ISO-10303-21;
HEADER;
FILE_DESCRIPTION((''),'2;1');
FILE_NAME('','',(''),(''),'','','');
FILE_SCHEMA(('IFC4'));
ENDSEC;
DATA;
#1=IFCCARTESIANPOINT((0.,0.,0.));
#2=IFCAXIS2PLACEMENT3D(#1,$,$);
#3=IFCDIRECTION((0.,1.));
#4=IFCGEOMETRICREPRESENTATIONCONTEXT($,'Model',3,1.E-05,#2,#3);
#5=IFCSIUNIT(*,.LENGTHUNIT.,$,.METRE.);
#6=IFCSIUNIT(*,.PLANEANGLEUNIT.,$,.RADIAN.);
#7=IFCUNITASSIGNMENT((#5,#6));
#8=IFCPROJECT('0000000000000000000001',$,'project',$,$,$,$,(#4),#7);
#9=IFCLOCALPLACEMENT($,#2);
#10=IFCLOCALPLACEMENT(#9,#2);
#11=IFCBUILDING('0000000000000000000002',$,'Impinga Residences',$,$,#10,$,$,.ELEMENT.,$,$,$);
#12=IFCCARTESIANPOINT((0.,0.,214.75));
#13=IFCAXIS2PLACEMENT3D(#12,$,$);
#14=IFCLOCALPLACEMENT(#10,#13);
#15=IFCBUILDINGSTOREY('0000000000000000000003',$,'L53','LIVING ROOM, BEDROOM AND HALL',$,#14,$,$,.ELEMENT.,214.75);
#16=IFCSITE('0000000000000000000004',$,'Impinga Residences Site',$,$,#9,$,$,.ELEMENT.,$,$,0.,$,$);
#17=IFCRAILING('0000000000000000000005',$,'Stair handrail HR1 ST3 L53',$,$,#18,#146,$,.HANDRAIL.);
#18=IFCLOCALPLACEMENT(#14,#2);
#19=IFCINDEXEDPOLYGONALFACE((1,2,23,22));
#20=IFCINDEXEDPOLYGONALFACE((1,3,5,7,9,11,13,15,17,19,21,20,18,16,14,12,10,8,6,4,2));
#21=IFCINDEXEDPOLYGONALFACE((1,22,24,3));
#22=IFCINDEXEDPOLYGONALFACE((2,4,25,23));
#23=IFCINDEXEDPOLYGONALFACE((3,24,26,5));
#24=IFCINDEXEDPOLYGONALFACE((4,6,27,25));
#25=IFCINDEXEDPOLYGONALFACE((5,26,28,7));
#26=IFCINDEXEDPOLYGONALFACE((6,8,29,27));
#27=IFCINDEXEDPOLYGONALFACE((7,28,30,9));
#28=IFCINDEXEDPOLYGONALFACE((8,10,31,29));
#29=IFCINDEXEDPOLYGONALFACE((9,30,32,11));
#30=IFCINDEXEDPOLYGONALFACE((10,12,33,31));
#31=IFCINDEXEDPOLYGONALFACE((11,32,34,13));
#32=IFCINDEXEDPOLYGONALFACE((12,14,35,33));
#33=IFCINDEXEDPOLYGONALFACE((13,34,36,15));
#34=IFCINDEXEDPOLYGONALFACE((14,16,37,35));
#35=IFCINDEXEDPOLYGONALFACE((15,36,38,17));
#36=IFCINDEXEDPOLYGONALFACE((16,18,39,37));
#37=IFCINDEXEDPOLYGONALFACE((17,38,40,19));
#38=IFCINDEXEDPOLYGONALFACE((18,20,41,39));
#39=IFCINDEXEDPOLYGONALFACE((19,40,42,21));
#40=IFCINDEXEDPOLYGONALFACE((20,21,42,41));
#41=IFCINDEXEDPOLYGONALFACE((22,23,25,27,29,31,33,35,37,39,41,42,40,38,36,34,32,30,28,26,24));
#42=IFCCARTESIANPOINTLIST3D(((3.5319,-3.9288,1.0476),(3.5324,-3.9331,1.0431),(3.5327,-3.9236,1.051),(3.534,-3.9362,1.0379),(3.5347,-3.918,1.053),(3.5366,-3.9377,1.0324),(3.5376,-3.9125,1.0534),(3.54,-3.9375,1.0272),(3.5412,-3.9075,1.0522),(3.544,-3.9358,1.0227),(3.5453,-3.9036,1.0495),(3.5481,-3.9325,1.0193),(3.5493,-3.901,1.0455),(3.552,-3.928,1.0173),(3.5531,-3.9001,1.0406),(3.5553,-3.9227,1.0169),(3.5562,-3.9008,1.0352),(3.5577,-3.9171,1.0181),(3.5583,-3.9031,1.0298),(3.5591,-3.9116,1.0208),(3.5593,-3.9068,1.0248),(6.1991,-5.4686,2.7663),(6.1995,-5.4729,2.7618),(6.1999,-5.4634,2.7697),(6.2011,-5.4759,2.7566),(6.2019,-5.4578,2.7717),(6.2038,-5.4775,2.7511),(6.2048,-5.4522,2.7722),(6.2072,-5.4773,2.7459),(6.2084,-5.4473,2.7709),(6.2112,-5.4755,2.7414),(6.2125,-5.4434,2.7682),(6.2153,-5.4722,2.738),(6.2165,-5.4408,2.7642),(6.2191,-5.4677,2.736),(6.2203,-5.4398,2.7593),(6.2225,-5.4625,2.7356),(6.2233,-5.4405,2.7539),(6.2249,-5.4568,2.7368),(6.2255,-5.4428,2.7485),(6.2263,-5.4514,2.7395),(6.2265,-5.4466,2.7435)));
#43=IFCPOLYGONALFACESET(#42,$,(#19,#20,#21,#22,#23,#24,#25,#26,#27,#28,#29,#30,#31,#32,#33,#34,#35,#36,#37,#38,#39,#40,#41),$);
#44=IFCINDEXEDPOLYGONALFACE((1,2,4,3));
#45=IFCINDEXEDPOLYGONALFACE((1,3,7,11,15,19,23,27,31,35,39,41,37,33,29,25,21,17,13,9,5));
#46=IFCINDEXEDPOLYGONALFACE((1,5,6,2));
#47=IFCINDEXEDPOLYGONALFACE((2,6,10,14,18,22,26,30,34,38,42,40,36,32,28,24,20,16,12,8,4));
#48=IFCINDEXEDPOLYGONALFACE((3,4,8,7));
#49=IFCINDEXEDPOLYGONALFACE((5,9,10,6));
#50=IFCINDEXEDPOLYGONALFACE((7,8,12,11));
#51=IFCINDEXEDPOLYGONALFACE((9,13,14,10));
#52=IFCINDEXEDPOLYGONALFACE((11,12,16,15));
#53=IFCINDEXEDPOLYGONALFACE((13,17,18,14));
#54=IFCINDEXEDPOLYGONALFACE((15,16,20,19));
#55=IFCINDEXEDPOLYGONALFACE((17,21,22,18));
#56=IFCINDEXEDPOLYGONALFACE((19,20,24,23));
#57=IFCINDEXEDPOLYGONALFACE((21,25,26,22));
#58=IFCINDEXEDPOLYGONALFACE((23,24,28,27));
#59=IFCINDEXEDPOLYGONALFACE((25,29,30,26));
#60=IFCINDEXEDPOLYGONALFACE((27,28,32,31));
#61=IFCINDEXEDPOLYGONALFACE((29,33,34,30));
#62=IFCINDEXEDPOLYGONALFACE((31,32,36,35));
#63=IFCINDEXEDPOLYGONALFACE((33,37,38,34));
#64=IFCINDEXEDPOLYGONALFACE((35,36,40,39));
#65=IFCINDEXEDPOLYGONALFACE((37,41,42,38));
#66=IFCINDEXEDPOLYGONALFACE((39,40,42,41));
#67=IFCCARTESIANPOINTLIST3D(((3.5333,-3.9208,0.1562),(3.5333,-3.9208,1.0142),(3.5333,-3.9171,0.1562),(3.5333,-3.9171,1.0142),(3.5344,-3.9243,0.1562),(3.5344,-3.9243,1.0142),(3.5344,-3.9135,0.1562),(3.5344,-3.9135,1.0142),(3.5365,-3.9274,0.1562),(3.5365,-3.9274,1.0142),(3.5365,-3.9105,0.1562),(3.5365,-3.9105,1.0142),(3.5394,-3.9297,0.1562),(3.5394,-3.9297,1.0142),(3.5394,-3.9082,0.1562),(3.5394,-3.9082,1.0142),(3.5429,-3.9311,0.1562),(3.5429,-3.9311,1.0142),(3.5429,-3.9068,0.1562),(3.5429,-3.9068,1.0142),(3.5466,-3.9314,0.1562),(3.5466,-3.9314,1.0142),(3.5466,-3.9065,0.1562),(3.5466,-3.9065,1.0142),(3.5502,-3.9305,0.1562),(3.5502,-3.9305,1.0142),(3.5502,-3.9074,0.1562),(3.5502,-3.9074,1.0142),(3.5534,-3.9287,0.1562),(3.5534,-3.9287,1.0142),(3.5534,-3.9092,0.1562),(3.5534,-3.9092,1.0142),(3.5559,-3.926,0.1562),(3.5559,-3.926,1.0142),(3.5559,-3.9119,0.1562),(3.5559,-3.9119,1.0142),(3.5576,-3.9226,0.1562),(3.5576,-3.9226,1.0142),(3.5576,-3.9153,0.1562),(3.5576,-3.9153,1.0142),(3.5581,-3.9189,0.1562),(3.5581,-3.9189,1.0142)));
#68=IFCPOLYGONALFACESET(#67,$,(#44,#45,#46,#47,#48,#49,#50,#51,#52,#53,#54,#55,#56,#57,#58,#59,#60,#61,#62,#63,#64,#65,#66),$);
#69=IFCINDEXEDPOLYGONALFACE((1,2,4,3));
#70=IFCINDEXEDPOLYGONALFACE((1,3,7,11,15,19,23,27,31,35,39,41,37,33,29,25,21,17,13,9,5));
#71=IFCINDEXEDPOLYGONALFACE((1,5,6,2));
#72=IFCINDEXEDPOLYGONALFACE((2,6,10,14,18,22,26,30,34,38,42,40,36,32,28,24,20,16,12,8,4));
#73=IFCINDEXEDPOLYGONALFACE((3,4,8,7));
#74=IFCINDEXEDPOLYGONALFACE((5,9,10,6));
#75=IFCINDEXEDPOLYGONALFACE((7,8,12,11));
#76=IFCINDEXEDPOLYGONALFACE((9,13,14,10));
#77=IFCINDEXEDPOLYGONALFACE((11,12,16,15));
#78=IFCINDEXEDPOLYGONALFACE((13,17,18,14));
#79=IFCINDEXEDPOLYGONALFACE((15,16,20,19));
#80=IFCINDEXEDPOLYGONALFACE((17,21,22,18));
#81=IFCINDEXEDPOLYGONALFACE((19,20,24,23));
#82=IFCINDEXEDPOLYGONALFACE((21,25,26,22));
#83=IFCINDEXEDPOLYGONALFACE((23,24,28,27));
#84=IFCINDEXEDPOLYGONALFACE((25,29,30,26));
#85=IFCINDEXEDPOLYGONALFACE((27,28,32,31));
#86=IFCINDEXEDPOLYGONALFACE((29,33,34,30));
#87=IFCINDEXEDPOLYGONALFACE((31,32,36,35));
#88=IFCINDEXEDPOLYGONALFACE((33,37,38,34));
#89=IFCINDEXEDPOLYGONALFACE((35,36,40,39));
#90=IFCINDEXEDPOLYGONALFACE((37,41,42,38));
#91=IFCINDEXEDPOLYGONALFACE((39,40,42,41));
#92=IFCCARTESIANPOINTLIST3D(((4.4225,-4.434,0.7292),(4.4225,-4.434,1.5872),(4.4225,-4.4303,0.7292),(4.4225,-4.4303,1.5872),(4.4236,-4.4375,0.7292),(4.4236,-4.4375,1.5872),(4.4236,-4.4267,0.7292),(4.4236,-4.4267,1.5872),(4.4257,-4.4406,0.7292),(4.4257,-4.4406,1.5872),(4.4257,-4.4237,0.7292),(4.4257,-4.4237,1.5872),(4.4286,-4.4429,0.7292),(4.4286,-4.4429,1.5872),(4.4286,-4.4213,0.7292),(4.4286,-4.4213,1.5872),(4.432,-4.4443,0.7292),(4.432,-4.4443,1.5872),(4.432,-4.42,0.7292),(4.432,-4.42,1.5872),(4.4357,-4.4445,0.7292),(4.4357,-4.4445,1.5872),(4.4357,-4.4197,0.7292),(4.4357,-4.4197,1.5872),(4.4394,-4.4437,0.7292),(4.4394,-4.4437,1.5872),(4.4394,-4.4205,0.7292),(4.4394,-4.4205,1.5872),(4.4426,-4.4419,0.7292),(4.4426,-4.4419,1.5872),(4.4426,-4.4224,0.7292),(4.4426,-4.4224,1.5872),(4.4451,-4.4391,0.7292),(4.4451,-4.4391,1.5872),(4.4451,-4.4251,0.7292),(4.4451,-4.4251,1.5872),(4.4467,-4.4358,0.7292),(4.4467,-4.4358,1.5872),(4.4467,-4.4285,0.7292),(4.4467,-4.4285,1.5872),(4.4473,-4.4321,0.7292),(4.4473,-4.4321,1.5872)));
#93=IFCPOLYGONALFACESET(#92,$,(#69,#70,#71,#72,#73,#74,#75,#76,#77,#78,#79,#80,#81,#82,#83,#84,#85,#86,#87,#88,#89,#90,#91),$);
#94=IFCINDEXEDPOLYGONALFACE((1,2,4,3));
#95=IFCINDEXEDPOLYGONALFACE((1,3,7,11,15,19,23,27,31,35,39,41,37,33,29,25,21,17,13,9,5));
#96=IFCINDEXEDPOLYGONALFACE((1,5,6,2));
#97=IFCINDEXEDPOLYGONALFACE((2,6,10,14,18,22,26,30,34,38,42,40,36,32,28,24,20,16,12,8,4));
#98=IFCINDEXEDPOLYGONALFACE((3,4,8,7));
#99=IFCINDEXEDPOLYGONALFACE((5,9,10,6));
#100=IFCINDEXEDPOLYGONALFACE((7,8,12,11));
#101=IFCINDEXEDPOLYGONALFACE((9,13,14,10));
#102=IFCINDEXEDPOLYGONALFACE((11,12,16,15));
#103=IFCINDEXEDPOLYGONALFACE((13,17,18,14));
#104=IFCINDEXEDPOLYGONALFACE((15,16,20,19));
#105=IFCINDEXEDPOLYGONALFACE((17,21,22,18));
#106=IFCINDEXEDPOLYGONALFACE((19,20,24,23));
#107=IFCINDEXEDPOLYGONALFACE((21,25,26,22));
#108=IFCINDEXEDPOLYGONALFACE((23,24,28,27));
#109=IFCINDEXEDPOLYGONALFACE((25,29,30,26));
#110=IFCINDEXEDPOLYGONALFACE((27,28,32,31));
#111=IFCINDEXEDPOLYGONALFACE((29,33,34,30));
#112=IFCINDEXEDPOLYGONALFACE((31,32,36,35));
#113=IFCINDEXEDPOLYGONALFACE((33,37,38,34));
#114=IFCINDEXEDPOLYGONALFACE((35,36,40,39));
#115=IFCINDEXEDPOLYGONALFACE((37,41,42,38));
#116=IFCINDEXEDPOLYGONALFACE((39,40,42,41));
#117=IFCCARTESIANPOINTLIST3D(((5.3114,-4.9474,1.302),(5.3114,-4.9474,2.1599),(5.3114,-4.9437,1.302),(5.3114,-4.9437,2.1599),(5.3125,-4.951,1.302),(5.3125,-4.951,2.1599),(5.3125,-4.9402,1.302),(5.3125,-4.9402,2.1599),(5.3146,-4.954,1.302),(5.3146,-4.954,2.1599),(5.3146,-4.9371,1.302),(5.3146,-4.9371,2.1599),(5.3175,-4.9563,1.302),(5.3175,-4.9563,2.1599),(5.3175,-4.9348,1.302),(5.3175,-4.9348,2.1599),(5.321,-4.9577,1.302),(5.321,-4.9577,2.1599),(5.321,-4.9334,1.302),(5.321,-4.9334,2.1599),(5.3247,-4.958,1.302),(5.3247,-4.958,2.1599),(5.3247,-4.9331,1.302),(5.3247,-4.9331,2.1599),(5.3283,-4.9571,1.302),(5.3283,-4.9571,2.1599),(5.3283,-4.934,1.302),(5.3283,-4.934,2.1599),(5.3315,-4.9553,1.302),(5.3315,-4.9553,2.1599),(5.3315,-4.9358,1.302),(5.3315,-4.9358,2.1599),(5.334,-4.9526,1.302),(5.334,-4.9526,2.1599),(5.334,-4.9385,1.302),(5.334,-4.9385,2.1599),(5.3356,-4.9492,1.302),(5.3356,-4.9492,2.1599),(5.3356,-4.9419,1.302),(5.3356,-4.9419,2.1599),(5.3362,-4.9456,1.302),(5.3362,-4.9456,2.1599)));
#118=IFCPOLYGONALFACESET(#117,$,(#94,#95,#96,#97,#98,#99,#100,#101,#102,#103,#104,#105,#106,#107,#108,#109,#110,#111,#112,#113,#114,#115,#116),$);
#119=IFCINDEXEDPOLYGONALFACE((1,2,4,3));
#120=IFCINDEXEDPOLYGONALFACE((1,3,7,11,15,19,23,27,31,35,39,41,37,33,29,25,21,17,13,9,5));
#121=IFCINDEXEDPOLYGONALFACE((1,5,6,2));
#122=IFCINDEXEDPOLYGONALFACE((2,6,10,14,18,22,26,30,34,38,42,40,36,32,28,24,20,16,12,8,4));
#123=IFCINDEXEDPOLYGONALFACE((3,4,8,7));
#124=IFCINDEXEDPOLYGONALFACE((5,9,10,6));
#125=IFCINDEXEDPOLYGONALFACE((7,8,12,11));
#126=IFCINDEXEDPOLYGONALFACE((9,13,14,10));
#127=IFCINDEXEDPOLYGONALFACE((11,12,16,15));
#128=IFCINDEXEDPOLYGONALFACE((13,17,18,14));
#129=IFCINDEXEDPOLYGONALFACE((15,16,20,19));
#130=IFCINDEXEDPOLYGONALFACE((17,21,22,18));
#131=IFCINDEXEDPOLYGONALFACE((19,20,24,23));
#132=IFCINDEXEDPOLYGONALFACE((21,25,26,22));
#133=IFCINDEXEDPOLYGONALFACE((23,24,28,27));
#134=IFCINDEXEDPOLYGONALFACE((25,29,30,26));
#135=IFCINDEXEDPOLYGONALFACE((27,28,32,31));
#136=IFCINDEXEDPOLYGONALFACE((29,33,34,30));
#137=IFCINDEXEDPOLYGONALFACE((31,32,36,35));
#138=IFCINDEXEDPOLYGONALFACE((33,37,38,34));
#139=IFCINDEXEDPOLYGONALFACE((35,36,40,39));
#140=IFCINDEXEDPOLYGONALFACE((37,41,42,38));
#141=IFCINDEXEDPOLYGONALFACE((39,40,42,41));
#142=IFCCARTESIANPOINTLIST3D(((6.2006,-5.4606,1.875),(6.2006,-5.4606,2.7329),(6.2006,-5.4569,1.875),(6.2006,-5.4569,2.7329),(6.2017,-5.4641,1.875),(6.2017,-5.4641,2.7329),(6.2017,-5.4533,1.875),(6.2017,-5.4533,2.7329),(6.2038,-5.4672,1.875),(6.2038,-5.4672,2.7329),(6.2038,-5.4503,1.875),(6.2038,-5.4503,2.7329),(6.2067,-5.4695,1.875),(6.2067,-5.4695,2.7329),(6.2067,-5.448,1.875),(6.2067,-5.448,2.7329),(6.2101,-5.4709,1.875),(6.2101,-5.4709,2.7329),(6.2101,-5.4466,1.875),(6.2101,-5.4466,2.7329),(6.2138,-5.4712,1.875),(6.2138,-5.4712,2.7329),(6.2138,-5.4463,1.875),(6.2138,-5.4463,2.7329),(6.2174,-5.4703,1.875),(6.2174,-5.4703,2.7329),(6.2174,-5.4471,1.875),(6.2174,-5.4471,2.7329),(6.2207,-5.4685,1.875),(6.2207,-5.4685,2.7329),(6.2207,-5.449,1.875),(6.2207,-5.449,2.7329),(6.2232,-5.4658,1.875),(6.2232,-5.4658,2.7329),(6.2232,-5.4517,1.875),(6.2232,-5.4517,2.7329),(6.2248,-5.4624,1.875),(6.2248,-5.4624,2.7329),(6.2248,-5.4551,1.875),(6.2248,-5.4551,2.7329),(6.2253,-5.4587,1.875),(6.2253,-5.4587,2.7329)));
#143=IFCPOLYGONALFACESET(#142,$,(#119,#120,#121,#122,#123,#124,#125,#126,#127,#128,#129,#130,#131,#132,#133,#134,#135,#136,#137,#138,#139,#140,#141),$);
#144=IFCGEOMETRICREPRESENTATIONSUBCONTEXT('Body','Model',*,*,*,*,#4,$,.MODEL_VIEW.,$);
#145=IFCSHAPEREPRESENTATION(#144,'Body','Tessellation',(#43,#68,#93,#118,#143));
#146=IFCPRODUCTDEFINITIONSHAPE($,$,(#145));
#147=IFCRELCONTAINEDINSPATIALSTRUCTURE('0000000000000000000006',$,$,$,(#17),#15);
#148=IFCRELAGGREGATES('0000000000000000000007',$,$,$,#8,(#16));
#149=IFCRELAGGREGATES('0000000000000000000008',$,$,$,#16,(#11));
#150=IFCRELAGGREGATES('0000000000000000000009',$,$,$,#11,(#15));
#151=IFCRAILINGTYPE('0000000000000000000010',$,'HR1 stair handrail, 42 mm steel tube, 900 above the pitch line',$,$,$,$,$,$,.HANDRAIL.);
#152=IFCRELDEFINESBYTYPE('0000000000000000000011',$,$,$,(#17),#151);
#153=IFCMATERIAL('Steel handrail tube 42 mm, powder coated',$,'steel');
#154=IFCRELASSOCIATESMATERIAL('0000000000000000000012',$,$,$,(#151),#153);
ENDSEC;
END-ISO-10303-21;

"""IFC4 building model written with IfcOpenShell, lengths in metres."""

from ifc_helpers import new_model, si_unit, direction, frame, origin, origin_2d, place, context, subcontext, project, spatial, circle, extrude, material, type_object, element, save


model = new_model("IFC4")

# Units and contexts
model_context = context("Model", 3, precision=1e-05, world=origin(), true_north=direction((0.0, 1.0)))
body_context = subcontext(model_context, "Body", "Model", "MODEL_VIEW")
ifc_project = project(units=[si_unit("LENGTHUNIT", "METRE"), si_unit("PLANEANGLEUNIT", "RADIAN")], contexts=[model_context])

# Site, building, storey
site_placement = place(None, origin())
site = spatial("IfcSite", under=ifc_project, at=site_placement, Name="Impinga Residences Site", CompositionType="ELEMENT", RefElevation=0.0)
building_placement = place(site_placement, origin())
building = spatial("IfcBuilding", under=site, at=building_placement, Name="Impinga Residences", CompositionType="ELEMENT")
storey_placement = place(building_placement, frame((0.0, 0.0, 214.75)))
storey = spatial("IfcBuildingStorey", under=building, at=storey_placement, Name="L53", Description="LIVING ROOM, BEDROOM AND HALL", CompositionType="ELEMENT", Elevation=214.75)

# Railing
ifc_material_1 = material(Name="Steel handrail tube 42 mm, powder coated", Category="steel")
railing_type = type_object("IfcRailingType", Name="HR1 stair handrail, 42 mm steel tube, 900 above the pitch line", PredefinedType="HANDRAIL", material=ifc_material_1)
railing_1_placement = place(storey_placement, frame((3.5457, -3.9189, 0.1562)))
element("IfcRailing", 1, at=railing_1_placement, inside=storey, type_object=railing_type, Name="Stair handrail HR1 ST3 L53", PredefinedType="HANDRAIL", context=body_context, shape_type="SweptSolid", body=[
    extrude(circle(Radius=0.021, at=origin_2d()), frame((0.0, 0.0, 0.8789), z_axis=(0.756249, -0.436582, 0.487322), x_axis=(0.499967, 0.866044, 0.0)), (0.0, 0.0, 1.0), 3.5269),
    extrude(circle(Radius=0.0125, at=origin_2d()), origin(), (0.0, 0.0, 1.0), 0.8579),
    extrude(circle(Radius=0.0125, at=origin_2d()), frame((0.8892, -0.5132, 0.573)), (0.0, 0.0, 1.0), 0.8579),
    extrude(circle(Radius=0.0125, at=origin_2d()), frame((1.7781, -1.0266, 1.1458)), (0.0, 0.0, 1.0), 0.8579),
    extrude(circle(Radius=0.0125, at=origin_2d()), frame((2.6672, -1.5398, 1.7188)), (0.0, 0.0, 1.0), 0.8579),
])

save(model, "model.ifc")
